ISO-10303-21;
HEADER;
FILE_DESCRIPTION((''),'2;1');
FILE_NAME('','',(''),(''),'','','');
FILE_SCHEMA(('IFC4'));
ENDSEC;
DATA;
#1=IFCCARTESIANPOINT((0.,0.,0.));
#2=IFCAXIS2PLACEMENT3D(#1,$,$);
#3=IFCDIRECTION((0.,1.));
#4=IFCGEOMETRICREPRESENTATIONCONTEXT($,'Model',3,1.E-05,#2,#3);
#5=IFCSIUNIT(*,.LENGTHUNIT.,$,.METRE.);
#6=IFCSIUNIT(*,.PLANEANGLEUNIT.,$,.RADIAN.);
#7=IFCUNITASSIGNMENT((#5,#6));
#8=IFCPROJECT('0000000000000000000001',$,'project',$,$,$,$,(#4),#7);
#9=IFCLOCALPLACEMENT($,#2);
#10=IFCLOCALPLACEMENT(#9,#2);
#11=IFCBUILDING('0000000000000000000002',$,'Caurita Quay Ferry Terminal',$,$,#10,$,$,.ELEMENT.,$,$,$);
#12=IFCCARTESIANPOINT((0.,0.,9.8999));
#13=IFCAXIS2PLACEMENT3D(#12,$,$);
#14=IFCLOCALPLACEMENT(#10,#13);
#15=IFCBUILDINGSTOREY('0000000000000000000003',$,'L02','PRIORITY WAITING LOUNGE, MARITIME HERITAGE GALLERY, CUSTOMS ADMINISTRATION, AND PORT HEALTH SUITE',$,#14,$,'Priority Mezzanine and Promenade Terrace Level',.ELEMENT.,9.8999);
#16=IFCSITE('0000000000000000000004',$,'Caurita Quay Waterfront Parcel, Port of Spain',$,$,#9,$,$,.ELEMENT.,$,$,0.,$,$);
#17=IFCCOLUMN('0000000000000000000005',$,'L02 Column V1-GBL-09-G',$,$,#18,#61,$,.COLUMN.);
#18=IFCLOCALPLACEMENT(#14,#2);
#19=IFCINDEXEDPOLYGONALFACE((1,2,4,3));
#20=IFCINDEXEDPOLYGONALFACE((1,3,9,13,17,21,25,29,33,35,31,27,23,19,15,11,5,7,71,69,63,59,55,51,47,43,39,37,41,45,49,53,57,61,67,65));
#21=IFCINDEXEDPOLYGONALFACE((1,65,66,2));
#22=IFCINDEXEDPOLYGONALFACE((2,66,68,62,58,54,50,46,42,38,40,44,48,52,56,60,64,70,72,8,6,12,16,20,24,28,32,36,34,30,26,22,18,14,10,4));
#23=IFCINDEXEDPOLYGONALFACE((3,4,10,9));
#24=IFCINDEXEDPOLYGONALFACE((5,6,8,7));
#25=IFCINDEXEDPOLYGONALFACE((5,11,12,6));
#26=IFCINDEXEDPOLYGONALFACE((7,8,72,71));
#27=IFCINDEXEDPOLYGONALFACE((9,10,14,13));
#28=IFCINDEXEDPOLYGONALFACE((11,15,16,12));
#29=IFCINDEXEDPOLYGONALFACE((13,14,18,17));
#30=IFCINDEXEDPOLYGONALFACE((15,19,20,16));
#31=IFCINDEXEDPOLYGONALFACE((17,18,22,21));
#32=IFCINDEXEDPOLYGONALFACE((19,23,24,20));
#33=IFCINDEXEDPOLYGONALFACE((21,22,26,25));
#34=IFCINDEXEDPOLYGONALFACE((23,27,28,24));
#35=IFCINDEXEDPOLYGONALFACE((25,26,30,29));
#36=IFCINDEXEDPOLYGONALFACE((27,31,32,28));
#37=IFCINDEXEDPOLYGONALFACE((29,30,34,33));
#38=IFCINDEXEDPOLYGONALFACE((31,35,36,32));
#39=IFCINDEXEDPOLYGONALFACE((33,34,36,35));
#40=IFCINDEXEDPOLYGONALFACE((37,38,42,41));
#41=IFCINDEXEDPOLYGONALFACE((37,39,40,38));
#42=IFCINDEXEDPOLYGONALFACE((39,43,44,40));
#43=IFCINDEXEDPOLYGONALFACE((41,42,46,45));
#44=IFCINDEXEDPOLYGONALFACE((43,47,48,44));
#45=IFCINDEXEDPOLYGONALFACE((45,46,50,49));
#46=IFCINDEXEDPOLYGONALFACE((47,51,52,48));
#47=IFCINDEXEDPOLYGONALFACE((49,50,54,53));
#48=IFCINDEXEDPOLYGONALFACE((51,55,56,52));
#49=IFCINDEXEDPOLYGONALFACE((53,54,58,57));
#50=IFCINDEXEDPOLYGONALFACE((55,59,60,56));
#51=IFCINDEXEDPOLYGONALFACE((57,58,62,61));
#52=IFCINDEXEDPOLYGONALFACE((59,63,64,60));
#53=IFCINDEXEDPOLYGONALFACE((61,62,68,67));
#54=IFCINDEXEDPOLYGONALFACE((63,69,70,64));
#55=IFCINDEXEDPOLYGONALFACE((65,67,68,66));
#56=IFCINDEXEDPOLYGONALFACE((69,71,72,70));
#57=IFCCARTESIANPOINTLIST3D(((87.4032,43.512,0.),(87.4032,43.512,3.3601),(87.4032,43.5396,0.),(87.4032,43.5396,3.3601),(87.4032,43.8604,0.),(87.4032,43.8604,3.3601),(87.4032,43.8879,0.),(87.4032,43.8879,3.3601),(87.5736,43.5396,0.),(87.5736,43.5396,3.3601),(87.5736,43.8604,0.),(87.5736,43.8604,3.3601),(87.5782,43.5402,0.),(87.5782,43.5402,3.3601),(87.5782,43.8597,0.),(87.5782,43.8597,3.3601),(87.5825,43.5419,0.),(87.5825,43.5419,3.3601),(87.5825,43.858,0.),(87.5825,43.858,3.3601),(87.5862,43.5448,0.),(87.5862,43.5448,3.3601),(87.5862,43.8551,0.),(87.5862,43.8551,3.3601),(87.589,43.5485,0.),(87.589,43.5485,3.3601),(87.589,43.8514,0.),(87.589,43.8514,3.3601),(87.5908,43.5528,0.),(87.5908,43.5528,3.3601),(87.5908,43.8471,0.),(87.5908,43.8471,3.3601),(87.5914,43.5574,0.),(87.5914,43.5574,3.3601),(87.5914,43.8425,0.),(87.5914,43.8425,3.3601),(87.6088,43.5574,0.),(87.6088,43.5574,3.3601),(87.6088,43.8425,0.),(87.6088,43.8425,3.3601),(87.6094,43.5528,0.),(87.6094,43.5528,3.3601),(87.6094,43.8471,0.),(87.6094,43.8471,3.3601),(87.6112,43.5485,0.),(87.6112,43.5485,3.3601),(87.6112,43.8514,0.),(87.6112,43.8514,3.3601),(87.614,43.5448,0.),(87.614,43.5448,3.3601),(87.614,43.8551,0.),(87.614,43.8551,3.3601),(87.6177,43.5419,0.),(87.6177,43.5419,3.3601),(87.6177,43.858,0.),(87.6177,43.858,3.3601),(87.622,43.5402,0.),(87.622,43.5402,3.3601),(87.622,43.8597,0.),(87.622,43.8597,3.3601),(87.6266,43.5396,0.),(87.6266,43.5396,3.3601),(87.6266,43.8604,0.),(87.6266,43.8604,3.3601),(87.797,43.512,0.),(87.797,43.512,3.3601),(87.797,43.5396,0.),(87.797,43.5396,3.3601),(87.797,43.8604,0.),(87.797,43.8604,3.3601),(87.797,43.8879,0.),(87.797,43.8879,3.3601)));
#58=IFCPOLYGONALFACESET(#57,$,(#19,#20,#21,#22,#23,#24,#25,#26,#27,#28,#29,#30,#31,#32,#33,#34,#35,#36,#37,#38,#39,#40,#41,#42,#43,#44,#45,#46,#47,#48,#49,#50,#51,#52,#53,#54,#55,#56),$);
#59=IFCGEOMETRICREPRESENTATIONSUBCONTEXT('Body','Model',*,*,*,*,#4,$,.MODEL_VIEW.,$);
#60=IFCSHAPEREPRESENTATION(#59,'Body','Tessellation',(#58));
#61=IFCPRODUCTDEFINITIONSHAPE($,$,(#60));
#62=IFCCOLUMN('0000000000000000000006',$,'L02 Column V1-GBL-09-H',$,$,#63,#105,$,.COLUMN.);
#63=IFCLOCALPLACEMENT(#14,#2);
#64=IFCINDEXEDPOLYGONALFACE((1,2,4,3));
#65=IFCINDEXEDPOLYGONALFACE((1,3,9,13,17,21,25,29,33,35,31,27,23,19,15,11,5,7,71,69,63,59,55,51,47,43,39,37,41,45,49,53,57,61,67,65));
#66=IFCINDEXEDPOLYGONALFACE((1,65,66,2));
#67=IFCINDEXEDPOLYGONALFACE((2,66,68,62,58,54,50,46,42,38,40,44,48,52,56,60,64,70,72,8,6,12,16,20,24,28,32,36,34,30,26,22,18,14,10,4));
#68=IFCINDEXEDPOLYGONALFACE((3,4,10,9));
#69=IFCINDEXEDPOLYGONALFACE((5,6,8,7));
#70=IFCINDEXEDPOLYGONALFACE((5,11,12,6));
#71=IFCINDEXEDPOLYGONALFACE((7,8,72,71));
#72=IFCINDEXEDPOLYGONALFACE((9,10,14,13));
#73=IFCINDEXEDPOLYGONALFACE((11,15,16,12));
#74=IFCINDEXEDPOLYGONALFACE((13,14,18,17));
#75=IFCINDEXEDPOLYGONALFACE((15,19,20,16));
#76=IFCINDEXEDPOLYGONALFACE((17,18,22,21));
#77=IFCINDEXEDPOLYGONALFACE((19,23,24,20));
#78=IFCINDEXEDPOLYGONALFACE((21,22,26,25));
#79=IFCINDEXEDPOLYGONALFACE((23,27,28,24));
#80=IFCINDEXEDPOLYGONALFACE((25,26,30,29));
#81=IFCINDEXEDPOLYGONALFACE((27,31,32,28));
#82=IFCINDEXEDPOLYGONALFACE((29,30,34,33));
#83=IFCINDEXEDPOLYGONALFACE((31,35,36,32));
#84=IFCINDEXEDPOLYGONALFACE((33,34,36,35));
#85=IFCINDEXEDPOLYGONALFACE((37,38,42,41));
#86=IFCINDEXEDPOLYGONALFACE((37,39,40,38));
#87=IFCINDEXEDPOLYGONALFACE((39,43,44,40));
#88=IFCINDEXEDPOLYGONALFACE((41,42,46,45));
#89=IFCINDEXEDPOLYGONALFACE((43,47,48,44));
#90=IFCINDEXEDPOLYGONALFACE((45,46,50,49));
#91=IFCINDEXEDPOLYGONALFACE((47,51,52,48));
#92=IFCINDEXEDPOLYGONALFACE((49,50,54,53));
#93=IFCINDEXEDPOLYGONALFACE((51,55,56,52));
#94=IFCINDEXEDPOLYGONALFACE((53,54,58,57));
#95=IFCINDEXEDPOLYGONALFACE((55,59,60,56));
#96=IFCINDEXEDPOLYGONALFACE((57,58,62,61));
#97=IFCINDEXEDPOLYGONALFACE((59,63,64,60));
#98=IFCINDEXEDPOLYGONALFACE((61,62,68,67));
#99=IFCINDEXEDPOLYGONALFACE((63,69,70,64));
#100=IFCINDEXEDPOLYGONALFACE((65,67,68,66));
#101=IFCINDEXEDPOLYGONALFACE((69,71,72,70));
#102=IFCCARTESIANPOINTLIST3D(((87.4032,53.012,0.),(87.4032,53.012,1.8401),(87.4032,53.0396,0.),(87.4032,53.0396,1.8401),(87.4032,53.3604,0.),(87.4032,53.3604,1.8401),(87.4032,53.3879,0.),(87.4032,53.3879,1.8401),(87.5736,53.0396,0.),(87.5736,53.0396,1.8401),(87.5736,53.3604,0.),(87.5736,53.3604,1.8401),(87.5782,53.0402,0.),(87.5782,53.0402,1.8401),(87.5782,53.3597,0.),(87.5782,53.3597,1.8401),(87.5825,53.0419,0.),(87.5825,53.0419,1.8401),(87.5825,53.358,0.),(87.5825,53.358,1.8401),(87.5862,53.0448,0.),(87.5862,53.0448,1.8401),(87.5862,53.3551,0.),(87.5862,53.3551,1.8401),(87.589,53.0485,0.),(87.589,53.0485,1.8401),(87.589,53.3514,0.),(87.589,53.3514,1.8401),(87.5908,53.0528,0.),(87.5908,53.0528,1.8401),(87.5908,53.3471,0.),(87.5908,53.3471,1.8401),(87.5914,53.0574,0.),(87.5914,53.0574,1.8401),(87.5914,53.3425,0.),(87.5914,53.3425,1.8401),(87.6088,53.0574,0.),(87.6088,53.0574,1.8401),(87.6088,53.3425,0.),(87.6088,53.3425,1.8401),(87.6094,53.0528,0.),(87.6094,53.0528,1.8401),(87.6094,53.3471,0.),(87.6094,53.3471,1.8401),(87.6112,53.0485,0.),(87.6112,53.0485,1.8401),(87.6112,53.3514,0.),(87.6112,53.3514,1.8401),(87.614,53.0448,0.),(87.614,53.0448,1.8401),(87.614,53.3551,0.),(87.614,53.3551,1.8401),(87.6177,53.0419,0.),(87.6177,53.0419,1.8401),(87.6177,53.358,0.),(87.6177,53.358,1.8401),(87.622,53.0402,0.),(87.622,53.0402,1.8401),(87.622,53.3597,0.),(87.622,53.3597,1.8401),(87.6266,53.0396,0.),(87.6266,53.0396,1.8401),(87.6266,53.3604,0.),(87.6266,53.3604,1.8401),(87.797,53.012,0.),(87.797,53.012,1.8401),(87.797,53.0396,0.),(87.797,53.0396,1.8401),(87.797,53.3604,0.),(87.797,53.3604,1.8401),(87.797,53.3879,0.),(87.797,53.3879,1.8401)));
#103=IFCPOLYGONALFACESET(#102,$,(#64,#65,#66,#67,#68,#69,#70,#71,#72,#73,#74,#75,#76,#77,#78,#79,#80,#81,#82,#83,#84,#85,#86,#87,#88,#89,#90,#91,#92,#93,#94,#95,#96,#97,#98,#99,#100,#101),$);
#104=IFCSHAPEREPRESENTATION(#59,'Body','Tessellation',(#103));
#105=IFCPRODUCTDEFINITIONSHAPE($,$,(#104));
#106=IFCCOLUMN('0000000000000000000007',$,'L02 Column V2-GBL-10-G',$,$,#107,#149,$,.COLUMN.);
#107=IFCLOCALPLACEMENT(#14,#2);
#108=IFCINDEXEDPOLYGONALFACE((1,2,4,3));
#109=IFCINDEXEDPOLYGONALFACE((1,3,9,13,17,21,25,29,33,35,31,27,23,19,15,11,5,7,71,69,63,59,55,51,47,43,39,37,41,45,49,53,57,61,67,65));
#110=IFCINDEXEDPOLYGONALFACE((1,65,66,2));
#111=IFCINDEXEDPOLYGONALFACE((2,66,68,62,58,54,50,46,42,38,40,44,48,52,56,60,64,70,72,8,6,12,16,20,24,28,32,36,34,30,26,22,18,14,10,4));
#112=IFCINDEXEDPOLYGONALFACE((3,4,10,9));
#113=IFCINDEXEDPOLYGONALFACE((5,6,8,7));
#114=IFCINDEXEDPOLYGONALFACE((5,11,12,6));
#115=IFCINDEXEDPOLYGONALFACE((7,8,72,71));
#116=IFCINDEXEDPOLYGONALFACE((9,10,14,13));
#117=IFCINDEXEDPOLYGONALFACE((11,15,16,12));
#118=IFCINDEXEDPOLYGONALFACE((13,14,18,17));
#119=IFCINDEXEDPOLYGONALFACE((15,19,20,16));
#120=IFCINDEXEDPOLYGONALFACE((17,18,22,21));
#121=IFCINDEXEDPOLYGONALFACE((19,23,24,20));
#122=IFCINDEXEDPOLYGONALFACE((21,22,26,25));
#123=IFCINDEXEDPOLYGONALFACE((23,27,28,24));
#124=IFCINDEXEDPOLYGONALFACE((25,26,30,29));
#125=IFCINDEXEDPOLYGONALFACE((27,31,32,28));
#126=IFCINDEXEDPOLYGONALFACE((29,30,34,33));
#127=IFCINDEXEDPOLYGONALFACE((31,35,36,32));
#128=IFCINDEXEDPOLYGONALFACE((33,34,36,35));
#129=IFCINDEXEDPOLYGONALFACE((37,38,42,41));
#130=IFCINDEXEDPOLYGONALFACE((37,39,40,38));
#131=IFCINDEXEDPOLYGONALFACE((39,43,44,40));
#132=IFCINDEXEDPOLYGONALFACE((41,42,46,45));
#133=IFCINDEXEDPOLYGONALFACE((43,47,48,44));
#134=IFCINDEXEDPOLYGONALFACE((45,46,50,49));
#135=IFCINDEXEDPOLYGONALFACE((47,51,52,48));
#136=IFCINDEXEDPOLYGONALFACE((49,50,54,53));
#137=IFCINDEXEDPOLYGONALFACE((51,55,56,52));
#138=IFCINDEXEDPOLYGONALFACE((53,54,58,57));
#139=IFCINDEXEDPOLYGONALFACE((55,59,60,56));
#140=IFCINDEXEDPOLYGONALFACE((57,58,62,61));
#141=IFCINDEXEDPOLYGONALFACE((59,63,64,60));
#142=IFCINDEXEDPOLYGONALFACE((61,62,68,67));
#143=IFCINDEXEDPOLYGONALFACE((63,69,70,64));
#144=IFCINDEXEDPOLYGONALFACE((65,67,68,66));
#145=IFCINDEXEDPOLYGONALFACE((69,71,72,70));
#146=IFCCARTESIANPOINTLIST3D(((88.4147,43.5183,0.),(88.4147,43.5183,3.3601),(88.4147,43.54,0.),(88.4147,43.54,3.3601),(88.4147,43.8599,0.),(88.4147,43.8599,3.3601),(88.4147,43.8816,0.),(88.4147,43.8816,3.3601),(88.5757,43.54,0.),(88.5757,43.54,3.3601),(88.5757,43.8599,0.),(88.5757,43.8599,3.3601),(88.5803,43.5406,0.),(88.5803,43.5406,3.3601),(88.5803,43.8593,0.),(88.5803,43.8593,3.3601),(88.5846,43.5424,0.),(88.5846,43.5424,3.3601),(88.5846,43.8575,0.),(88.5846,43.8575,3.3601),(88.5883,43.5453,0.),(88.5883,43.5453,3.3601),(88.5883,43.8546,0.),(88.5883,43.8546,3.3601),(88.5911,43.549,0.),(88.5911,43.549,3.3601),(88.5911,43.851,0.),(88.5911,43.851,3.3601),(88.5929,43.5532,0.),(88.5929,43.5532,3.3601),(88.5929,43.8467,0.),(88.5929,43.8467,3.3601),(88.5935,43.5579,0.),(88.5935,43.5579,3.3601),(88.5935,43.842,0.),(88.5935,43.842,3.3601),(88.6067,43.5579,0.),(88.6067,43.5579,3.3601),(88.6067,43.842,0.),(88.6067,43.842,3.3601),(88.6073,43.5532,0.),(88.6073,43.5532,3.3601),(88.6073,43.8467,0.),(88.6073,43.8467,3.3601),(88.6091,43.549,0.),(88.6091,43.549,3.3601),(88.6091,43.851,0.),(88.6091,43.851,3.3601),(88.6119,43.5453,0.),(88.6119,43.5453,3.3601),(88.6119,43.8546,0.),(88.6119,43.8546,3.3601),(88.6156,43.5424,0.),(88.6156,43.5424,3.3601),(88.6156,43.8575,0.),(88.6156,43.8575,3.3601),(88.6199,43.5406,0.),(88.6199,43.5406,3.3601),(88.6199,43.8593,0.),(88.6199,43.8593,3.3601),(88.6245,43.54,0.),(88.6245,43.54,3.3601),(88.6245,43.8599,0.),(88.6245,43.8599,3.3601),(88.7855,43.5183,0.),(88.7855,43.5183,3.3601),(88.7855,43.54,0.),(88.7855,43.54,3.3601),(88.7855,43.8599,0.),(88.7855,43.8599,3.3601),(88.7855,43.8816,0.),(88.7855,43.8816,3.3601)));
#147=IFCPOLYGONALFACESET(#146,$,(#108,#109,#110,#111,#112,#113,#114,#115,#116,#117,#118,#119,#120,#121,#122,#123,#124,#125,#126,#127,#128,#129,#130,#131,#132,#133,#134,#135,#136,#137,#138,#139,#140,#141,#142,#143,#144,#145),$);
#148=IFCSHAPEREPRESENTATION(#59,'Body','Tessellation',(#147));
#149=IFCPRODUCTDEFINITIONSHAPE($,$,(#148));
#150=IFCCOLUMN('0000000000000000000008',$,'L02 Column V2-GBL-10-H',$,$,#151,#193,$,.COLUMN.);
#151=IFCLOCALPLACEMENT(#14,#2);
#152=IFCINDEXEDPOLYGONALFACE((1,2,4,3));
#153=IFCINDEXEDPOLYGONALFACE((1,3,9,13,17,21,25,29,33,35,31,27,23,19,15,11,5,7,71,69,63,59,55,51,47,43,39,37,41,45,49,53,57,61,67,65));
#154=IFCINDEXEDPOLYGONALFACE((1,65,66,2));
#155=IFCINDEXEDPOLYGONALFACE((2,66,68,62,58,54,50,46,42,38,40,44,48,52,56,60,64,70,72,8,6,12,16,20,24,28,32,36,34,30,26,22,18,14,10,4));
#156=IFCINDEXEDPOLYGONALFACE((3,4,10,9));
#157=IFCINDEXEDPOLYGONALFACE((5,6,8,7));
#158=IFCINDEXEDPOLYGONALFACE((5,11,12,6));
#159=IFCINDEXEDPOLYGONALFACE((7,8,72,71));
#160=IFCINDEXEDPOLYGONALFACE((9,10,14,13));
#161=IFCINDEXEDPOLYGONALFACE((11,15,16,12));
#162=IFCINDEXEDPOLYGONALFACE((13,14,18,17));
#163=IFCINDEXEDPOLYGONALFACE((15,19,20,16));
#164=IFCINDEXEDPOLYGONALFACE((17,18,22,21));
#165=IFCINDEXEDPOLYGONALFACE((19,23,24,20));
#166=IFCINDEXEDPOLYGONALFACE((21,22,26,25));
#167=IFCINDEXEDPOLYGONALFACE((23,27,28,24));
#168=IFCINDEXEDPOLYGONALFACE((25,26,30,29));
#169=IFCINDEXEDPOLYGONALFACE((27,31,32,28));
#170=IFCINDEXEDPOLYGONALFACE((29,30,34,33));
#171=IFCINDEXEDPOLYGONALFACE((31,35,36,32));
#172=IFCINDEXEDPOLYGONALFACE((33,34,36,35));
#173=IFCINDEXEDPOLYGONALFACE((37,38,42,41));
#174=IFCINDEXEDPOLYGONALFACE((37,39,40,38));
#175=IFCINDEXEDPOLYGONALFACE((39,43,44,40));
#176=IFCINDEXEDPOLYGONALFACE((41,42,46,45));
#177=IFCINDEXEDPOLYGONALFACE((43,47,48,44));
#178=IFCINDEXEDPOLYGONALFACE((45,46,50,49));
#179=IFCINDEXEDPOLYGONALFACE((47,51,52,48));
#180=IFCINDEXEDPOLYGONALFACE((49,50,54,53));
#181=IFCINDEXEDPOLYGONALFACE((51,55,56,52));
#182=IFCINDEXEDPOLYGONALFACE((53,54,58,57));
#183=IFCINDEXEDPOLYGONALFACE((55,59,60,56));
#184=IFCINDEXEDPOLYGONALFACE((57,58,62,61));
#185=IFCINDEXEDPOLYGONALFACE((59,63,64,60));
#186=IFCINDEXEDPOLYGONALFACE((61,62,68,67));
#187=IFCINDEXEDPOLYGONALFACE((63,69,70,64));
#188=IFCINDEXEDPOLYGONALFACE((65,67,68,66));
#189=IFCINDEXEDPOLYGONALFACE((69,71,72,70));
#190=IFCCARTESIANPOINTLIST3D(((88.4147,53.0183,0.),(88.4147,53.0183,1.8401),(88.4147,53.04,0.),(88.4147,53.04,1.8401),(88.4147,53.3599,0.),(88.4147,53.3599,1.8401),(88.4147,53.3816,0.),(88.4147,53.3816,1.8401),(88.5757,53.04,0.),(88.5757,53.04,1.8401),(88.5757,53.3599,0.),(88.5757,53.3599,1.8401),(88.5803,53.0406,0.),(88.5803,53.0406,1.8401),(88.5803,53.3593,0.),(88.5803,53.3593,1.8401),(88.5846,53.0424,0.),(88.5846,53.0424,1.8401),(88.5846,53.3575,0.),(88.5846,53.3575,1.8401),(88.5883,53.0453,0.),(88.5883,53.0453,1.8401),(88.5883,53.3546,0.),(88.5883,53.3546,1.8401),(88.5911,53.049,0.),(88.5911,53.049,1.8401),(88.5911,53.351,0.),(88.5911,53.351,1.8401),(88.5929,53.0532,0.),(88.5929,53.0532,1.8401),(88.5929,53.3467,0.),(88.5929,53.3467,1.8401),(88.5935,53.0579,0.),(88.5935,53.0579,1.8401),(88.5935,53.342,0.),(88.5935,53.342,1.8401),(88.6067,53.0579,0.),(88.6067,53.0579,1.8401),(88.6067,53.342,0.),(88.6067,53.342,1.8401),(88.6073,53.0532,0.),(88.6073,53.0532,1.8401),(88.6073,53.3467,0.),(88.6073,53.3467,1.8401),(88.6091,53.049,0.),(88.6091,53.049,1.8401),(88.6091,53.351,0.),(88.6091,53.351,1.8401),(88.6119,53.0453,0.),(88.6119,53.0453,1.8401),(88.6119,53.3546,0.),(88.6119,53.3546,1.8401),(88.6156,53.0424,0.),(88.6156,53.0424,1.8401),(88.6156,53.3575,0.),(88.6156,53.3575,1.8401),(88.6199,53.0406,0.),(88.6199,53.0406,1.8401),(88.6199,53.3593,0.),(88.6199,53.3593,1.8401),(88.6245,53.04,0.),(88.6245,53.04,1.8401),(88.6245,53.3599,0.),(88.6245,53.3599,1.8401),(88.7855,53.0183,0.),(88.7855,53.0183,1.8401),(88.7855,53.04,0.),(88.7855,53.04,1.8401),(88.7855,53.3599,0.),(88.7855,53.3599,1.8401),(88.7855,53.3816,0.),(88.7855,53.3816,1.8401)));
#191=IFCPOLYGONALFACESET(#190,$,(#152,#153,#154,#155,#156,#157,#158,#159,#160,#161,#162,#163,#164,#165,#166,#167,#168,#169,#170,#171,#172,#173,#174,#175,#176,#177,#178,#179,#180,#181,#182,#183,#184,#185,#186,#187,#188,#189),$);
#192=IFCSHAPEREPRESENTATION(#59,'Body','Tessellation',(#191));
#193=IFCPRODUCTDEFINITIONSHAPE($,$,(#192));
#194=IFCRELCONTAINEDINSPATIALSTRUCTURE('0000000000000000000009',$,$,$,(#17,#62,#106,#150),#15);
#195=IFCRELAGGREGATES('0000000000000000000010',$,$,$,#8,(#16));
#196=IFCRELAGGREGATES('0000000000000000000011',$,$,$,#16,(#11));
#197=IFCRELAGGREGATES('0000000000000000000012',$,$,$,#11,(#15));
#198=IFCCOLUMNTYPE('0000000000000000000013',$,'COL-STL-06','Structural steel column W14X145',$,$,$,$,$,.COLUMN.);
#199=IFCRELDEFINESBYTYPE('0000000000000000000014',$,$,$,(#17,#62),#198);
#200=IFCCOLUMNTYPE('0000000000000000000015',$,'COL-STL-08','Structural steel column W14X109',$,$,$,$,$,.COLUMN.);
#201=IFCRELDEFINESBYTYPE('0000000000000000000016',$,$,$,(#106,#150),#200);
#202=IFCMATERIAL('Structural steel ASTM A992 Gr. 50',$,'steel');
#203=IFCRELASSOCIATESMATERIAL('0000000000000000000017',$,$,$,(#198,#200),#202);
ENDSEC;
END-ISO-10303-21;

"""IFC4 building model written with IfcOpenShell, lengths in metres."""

from ifc_helpers import new_model, si_unit, direction, frame, origin, origin_2d, place, context, subcontext, project, spatial, i_section, extrude, material, material_profile, profile_set, type_object, element, save


model = new_model("IFC4")

# Units and contexts
model_context = context("Model", 3, precision=1e-05, world=origin(), true_north=direction((0.0, 1.0)))
body_context = subcontext(model_context, "Body", "Model", "MODEL_VIEW")
ifc_project = project(units=[si_unit("LENGTHUNIT", "METRE"), si_unit("PLANEANGLEUNIT", "RADIAN")], contexts=[model_context])

# Site, building, storey
site_placement = place(None, origin())
site = spatial("IfcSite", under=ifc_project, at=site_placement, Name="Caurita Quay Waterfront Parcel, Port of Spain", CompositionType="ELEMENT", RefElevation=0.0)
building_placement = place(site_placement, origin())
building = spatial("IfcBuilding", under=site, at=building_placement, Name="Caurita Quay Ferry Terminal", CompositionType="ELEMENT")
storey_placement = place(building_placement, frame((0.0, 0.0, 9.8999)))
storey = spatial("IfcBuildingStorey", under=building, at=storey_placement, Name="L02", Description="PRIORITY WAITING LOUNGE, MARITIME HERITAGE GALLERY, CUSTOMS ADMINISTRATION, AND PORT HEALTH SUITE", LongName="Priority Mezzanine and Promenade Terrace Level", CompositionType="ELEMENT", Elevation=9.8999)

# Columns
ifc_material_1 = material(Name="Structural steel ASTM A992 Gr. 50", Category="steel")
ifc_material_profile_1 = material_profile(ifc_material_1, i_section(OverallWidth=0.3938, OverallDepth=0.376, WebThickness=0.0173, FlangeThickness=0.0276, FilletRadius=0.0178, at=origin_2d()), Name="W14X145")
ifc_profile_set_1 = profile_set([ifc_material_profile_1], Name="Structural steel ASTM A992 Gr. 50")
column_type_1 = type_object("IfcColumnType", Name="COL-STL-06", Description="Structural steel column W14X145", PredefinedType="COLUMN", material=ifc_profile_set_1)
column_1_placement = place(storey_placement, frame((87.6001, 43.7, 0.0), z_axis=(0.0, 0.0, 1.0), x_axis=(1.0, 0.0, 0.0)))
element("IfcColumn", 1, at=column_1_placement, inside=storey, type_object=column_type_1, Name="L02 Column V1-GBL-09-G", PredefinedType="COLUMN", context=body_context, shape_type="SweptSolid", body=[
    extrude(i_section(OverallWidth=0.3938, OverallDepth=0.376, WebThickness=0.0173, FlangeThickness=0.0276, FilletRadius=0.0178, at=origin_2d()), origin(), (0.0, 0.0, 1.0), 3.3601),
])
column_2_placement = place(storey_placement, frame((87.6001, 53.2, 0.0), z_axis=(0.0, 0.0, 1.0), x_axis=(1.0, 0.0, 0.0)))
element("IfcColumn", 2, at=column_2_placement, inside=storey, type_object=column_type_1, Name="L02 Column V1-GBL-09-H", PredefinedType="COLUMN", context=body_context, shape_type="SweptSolid", body=[
    extrude(i_section(OverallWidth=0.3938, OverallDepth=0.376, WebThickness=0.0173, FlangeThickness=0.0276, FilletRadius=0.0178, at=origin_2d()), origin(), (0.0, 0.0, 1.0), 1.8401),
])
ifc_material_profile_2 = material_profile(ifc_material_1, i_section(OverallWidth=0.3708, OverallDepth=0.3633, WebThickness=0.0132, FlangeThickness=0.0217, FilletRadius=0.0178, at=origin_2d()), Name="W14X109")
ifc_profile_set_2 = profile_set([ifc_material_profile_2], Name="Structural steel ASTM A992 Gr. 50")
column_type_2 = type_object("IfcColumnType", Name="COL-STL-08", Description="Structural steel column W14X109", PredefinedType="COLUMN", material=ifc_profile_set_2)
column_3_placement = place(storey_placement, frame((88.6001, 43.7, 0.0), z_axis=(0.0, 0.0, 1.0), x_axis=(1.0, 0.0, 0.0)))
element("IfcColumn", 3, at=column_3_placement, inside=storey, type_object=column_type_2, Name="L02 Column V2-GBL-10-G", PredefinedType="COLUMN", context=body_context, shape_type="SweptSolid", body=[
    extrude(i_section(OverallWidth=0.3708, OverallDepth=0.3633, WebThickness=0.0132, FlangeThickness=0.0217, FilletRadius=0.0178, at=origin_2d()), origin(), (0.0, 0.0, 1.0), 3.3601),
])
column_4_placement = place(storey_placement, frame((88.6001, 53.2, 0.0), z_axis=(0.0, 0.0, 1.0), x_axis=(1.0, 0.0, 0.0)))
element("IfcColumn", 4, at=column_4_placement, inside=storey, type_object=column_type_2, Name="L02 Column V2-GBL-10-H", PredefinedType="COLUMN", context=body_context, shape_type="SweptSolid", body=[
    extrude(i_section(OverallWidth=0.3708, OverallDepth=0.3633, WebThickness=0.0132, FlangeThickness=0.0217, FilletRadius=0.0178, at=origin_2d()), origin(), (0.0, 0.0, 1.0), 1.8401),
])

save(model, "model.ifc")
